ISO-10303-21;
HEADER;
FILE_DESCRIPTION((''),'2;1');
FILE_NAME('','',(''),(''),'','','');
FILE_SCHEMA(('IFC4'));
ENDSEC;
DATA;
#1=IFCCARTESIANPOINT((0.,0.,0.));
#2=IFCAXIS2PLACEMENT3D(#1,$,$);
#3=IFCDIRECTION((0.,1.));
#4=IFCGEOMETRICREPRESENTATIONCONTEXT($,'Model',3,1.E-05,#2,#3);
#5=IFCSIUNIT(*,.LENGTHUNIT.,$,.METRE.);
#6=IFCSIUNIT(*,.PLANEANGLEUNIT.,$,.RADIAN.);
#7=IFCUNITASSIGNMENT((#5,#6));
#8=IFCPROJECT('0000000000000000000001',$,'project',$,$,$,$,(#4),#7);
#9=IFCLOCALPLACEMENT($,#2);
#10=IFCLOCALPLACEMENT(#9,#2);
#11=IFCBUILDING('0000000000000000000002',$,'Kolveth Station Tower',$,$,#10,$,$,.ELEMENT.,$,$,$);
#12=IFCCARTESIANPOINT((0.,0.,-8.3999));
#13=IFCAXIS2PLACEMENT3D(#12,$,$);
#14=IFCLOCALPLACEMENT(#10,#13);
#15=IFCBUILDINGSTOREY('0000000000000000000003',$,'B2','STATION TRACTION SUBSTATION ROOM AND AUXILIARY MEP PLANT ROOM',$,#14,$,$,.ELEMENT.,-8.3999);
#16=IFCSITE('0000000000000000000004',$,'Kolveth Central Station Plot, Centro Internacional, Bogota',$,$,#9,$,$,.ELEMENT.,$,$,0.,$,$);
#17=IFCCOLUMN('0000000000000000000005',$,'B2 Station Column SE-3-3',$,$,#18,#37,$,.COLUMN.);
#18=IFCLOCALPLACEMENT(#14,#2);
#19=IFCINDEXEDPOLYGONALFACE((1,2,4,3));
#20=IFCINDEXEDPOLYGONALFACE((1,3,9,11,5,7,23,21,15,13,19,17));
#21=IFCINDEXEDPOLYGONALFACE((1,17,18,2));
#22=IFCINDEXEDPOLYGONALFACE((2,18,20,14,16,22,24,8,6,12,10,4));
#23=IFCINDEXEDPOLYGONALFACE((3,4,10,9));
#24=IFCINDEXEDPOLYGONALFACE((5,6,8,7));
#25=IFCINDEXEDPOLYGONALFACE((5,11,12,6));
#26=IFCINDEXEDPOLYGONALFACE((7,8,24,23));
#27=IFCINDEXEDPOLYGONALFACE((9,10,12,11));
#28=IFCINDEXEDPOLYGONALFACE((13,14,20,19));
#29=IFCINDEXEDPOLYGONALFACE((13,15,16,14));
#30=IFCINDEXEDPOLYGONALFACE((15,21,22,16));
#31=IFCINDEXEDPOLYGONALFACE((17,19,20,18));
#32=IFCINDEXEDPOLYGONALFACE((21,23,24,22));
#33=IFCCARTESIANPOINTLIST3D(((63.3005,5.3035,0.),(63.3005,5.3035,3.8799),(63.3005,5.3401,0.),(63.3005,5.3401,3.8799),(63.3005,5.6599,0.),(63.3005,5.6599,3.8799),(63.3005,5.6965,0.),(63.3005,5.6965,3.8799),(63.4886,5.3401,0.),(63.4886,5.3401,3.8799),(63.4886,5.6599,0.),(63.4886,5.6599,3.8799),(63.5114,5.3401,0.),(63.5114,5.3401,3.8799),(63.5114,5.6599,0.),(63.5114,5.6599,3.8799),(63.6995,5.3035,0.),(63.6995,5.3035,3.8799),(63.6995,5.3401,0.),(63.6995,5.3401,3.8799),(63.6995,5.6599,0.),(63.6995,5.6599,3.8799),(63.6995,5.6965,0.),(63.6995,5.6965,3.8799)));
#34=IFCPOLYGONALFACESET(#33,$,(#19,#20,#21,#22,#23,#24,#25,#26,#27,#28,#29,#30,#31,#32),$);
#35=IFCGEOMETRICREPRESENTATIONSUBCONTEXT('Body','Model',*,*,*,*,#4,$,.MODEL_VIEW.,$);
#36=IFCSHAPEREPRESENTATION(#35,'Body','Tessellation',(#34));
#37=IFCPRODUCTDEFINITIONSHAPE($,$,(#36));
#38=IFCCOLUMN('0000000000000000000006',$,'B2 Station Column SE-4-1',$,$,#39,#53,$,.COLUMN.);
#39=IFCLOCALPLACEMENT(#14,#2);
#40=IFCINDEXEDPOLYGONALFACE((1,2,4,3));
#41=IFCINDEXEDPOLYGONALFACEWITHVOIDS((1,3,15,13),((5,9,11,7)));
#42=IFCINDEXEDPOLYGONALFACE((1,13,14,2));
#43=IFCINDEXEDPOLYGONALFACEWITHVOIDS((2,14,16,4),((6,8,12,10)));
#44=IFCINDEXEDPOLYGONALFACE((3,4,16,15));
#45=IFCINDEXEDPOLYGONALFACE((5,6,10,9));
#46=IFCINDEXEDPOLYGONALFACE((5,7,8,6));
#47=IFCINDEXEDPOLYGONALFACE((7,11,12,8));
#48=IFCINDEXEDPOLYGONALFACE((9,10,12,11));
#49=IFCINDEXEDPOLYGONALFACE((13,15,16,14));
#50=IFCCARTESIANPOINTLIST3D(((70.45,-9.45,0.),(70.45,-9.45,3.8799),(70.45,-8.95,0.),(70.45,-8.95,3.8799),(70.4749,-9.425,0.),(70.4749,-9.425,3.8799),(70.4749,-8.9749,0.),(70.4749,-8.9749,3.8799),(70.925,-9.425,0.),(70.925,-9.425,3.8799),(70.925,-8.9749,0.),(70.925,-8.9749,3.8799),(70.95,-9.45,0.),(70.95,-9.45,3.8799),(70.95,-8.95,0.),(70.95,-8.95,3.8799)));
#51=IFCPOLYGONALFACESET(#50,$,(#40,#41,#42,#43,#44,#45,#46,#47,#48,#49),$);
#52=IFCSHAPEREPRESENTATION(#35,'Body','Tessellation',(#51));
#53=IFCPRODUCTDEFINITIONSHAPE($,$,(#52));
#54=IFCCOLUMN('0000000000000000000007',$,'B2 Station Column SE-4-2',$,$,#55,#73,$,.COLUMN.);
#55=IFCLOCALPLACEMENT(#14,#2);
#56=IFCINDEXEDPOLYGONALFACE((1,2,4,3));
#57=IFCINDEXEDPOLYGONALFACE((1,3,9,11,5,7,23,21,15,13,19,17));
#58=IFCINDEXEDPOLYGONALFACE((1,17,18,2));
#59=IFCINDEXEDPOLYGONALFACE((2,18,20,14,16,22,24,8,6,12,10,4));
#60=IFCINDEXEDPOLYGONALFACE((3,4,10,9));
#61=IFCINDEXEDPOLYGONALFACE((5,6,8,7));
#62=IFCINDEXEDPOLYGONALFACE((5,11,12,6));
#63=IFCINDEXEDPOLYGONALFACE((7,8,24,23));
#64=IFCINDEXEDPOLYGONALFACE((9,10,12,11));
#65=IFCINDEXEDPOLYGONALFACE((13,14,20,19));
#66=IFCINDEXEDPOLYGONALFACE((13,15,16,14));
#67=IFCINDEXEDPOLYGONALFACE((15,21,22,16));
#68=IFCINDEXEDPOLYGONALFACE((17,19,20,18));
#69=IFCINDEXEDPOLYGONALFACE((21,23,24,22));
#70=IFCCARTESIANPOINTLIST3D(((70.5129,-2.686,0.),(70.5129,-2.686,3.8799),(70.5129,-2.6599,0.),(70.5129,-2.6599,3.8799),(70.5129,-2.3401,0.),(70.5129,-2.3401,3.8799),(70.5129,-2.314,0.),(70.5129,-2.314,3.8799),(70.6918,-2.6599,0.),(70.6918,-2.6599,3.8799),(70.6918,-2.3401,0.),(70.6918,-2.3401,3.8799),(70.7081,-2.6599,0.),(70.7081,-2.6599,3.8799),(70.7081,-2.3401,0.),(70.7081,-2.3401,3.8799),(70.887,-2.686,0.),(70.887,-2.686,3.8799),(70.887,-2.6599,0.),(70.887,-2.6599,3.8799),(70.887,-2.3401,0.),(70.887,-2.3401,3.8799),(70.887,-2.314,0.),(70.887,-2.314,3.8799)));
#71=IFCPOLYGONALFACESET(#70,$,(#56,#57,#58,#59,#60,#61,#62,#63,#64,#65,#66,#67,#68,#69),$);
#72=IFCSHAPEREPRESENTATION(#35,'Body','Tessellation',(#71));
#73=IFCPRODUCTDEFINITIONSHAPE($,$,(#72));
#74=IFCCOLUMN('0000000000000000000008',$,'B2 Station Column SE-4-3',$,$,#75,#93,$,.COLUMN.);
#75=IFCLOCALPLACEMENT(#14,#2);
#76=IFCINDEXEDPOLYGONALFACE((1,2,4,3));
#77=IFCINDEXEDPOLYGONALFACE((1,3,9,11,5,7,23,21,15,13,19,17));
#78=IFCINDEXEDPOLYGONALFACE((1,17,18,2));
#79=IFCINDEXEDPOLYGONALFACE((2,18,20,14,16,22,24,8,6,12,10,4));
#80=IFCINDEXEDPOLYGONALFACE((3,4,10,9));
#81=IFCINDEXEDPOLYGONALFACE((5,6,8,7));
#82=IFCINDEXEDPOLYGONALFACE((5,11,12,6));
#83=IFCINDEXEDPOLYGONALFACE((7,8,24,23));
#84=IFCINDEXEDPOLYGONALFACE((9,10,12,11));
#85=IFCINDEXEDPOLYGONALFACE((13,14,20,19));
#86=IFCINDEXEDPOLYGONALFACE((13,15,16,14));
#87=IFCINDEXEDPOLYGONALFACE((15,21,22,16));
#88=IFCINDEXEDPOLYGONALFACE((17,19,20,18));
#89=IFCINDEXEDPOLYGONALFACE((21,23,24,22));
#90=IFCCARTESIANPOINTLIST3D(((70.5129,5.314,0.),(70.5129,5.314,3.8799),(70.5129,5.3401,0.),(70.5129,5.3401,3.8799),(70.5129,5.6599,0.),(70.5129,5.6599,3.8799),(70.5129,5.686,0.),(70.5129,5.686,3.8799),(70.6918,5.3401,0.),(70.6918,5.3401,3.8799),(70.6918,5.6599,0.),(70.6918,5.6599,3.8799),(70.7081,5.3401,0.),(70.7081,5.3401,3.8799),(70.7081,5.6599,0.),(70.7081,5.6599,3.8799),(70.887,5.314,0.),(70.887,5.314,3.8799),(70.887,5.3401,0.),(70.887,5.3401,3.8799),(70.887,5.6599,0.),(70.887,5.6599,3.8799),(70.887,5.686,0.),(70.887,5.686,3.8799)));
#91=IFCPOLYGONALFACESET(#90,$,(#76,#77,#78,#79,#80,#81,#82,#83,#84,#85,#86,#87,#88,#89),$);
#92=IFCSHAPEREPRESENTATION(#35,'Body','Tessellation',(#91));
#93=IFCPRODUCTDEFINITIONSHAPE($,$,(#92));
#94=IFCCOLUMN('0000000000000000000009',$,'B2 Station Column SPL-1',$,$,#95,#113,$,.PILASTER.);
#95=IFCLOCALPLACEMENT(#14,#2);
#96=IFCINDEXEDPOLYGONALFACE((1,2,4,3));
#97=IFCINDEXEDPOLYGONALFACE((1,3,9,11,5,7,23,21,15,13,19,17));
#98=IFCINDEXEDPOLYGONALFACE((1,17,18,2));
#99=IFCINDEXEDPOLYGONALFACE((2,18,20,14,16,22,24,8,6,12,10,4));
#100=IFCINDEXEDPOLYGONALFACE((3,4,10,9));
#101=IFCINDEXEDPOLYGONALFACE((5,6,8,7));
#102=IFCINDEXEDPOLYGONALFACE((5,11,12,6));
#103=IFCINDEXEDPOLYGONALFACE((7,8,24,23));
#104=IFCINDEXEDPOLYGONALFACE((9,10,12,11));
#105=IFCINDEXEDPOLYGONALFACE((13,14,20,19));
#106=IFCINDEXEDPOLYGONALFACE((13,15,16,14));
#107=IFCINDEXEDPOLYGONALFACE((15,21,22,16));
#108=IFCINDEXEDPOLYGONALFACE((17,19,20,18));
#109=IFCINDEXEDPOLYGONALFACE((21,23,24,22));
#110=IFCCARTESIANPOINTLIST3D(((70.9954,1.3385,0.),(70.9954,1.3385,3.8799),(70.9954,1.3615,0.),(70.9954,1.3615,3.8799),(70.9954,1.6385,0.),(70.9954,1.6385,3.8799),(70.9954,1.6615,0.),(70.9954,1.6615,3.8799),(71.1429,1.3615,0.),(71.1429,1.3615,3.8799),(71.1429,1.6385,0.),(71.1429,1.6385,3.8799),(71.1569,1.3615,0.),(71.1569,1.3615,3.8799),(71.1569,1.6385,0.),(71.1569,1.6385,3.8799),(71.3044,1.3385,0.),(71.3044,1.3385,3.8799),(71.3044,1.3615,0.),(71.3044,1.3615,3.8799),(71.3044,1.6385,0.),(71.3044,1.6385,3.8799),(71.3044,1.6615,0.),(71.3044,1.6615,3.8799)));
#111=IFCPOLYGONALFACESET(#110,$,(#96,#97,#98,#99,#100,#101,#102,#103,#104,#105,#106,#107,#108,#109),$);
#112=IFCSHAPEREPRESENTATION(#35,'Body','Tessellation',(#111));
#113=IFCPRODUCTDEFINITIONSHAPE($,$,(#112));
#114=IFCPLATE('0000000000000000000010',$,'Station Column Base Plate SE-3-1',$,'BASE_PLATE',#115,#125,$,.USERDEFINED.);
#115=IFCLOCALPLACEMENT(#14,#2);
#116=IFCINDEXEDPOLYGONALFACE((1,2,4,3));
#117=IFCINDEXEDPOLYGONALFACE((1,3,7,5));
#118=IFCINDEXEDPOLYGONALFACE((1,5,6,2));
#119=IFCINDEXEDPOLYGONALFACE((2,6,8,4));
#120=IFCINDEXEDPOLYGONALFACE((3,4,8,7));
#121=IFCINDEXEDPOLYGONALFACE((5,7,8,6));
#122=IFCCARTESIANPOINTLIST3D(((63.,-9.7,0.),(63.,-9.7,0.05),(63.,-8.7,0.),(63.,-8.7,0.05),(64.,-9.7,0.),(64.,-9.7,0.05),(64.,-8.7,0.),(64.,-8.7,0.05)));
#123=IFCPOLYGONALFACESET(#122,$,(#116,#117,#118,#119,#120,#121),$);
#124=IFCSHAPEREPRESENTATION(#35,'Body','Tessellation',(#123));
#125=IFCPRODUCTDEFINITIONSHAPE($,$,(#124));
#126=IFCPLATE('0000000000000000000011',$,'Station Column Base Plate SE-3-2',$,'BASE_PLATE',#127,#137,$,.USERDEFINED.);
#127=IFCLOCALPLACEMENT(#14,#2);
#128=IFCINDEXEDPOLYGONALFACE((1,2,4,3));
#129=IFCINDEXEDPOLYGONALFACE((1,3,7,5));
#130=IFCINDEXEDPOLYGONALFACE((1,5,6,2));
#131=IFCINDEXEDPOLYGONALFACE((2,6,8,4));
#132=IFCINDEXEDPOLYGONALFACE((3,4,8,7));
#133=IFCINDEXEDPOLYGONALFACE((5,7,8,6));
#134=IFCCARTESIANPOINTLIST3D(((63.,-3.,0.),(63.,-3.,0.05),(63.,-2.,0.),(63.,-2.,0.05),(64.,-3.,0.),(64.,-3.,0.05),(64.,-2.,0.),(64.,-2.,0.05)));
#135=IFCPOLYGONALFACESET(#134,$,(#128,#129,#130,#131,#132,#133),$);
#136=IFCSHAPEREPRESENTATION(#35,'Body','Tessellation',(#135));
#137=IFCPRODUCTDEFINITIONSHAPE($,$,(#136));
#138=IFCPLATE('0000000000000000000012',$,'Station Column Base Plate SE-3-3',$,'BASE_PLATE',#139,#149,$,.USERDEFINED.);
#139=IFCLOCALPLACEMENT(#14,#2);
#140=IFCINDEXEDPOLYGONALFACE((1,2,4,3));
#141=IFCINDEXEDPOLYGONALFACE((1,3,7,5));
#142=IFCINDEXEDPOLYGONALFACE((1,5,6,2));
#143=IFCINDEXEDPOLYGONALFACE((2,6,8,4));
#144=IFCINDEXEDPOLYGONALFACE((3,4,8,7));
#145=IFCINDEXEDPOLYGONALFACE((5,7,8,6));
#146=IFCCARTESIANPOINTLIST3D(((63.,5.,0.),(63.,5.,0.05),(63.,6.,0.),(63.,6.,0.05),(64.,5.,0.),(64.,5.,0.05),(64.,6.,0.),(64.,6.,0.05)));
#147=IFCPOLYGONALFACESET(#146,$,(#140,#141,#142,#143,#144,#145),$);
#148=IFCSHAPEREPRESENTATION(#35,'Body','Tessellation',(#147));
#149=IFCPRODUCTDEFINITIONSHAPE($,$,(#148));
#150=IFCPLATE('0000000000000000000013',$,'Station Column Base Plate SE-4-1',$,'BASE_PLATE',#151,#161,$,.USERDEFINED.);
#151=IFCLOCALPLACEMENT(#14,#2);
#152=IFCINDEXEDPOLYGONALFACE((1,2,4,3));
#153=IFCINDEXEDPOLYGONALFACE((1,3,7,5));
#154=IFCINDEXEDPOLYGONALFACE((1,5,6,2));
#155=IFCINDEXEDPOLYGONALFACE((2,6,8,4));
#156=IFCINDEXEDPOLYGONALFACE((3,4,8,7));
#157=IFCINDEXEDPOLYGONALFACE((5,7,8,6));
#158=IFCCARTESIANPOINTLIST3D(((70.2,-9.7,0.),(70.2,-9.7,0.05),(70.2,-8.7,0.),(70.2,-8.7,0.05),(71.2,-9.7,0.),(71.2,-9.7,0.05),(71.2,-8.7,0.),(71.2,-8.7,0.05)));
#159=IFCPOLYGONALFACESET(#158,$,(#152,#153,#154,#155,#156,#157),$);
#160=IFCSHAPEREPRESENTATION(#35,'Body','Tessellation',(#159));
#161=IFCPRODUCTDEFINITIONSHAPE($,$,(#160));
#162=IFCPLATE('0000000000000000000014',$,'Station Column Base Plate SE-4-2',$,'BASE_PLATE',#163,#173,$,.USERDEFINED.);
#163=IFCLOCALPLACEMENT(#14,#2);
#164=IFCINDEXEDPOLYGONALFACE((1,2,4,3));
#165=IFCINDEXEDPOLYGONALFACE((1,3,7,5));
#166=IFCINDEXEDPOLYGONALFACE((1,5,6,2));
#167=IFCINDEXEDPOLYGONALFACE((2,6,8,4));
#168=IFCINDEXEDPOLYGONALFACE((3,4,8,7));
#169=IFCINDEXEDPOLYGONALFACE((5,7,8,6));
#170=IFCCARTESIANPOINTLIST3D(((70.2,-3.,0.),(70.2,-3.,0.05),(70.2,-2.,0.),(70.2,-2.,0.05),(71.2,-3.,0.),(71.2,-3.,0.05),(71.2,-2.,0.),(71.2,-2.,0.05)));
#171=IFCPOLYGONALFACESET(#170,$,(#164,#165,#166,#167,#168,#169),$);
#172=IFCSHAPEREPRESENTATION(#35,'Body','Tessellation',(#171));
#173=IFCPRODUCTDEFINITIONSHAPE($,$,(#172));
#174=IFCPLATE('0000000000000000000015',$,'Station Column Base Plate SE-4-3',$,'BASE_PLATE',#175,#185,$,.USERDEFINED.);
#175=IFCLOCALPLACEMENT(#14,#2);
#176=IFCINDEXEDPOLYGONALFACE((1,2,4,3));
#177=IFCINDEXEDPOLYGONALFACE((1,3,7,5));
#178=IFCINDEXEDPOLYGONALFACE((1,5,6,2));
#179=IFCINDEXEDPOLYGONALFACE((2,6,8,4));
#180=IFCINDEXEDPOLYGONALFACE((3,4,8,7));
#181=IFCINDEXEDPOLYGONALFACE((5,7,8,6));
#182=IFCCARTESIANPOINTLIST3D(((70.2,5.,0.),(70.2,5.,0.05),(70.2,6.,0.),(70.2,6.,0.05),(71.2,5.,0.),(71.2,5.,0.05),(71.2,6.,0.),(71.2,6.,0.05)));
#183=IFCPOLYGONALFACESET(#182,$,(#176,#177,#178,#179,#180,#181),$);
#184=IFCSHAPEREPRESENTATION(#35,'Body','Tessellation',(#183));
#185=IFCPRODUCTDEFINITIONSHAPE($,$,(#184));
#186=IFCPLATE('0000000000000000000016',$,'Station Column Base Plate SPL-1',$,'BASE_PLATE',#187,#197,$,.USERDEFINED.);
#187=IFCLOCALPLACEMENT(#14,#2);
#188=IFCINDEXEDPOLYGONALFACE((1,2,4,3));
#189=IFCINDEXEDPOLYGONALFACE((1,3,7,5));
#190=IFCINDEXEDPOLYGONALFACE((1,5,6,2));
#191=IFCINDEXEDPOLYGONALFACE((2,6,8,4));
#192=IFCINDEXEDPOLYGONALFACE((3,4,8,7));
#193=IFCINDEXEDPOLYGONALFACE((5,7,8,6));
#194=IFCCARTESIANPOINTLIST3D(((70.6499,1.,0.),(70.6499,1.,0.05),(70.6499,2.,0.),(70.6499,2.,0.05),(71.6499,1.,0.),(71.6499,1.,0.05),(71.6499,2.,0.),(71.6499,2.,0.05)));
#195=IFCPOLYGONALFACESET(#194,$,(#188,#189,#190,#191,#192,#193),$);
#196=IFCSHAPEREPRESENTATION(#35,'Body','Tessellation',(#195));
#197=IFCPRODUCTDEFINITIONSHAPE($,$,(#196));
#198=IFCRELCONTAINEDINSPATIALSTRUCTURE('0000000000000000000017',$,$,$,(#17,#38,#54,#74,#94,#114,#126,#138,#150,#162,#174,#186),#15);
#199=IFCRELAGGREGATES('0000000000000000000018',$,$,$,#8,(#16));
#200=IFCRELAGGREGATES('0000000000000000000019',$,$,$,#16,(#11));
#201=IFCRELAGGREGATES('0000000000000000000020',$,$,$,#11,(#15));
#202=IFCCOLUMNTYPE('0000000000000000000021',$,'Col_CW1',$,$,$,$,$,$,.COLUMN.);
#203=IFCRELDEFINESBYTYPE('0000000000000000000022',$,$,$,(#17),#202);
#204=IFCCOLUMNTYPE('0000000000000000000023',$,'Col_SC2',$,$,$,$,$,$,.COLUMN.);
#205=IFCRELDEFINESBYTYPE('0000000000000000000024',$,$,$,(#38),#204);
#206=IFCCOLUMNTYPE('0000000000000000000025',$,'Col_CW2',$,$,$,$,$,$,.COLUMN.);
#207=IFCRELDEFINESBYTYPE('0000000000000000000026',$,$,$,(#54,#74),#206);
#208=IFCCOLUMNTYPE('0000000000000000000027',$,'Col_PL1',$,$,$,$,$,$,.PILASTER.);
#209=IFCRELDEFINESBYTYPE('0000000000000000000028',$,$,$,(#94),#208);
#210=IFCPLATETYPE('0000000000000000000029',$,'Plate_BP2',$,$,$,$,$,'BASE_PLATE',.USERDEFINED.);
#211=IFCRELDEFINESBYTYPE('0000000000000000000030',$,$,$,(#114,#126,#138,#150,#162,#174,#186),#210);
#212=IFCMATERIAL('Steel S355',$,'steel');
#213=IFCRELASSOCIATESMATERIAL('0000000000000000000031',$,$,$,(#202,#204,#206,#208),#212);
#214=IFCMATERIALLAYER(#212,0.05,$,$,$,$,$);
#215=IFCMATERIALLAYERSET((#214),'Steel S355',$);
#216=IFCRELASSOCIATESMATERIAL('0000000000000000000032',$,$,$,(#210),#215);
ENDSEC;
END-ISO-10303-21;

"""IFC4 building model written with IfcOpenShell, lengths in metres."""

from ifc_helpers import new_model, si_unit, direction, frame, origin, origin_2d, place, context, subcontext, project, spatial, rectangle, hollow_rectangle, i_section, extrude, source, transform, mapped, material, layer, layer_set, material_profile, profile_set, type_object, element, save


model = new_model("IFC4")

# Units and contexts
model_context = context("Model", 3, precision=1e-05, world=origin(), true_north=direction((0.0, 1.0)))
body_context = subcontext(model_context, "Body", "Model", "MODEL_VIEW")
ifc_project = project(units=[si_unit("LENGTHUNIT", "METRE"), si_unit("PLANEANGLEUNIT", "RADIAN")], contexts=[model_context])

# Site, building, storey
site_placement = place(None, origin())
site = spatial("IfcSite", under=ifc_project, at=site_placement, Name="Kolveth Central Station Plot, Centro Internacional, Bogota", CompositionType="ELEMENT", RefElevation=0.0)
building_placement = place(site_placement, origin())
building = spatial("IfcBuilding", under=site, at=building_placement, Name="Kolveth Station Tower", CompositionType="ELEMENT")
storey_placement = place(building_placement, frame((0.0, 0.0, -8.3999)))
storey = spatial("IfcBuildingStorey", under=building, at=storey_placement, Name="B2", Description="STATION TRACTION SUBSTATION ROOM AND AUXILIARY MEP PLANT ROOM", CompositionType="ELEMENT", Elevation=-8.3999)

# Columns
ifc_material_1 = material(Name="Steel S355", Category="steel")
ifc_material_profile_1 = material_profile(ifc_material_1, i_section(OverallWidth=0.3989, OverallDepth=0.3931, WebThickness=0.0227, FlangeThickness=0.0366, at=origin_2d()), Name="W360x287")
ifc_profile_set_1 = profile_set([ifc_material_profile_1], Name="Steel S355")
column_type_1 = type_object("IfcColumnType", Name="Col_CW1", PredefinedType="COLUMN", material=ifc_profile_set_1)
shared_shape_1 = source(origin(), body_context, "Body", "SweptSolid", [
    extrude(i_section(OverallWidth=0.3989, OverallDepth=0.3931, WebThickness=0.0227, FlangeThickness=0.0366, at=origin_2d()), origin(), (0.0, 0.0, 1.0), 3.8799),
])
column_1_placement = place(storey_placement, frame((63.5, 5.5, 0.0), z_axis=(0.0, 0.0, 1.0), x_axis=(1.0, 0.0, 0.0)))
element("IfcColumn", 1, at=column_1_placement, inside=storey, type_object=column_type_1, Name="B2 Station Column SE-3-3", PredefinedType="COLUMN", context=body_context, shape_type="MappedRepresentation", body=[
    mapped(shared_shape_1, transform((0.0, 0.0, 0.0), x_axis=(1.0, 0.0, 0.0), y_axis=(0.0, 1.0, 0.0), z_axis=(0.0, 0.0, 1.0), scale=1.0)),
])
ifc_material_profile_2 = material_profile(ifc_material_1, hollow_rectangle(XDim=0.5, YDim=0.5, WallThickness=0.0249, at=origin_2d()), Name="HSS500x500x25")
ifc_profile_set_2 = profile_set([ifc_material_profile_2], Name="Steel S355")
column_type_2 = type_object("IfcColumnType", Name="Col_SC2", PredefinedType="COLUMN", material=ifc_profile_set_2)
shared_shape_2 = source(origin(), body_context, "Body", "SweptSolid", [
    extrude(hollow_rectangle(XDim=0.5, YDim=0.5, WallThickness=0.0249, at=origin_2d()), origin(), (0.0, 0.0, 1.0), 3.8799),
])
column_2_placement = place(storey_placement, frame((70.7, -9.2, 0.0), z_axis=(0.0, 0.0, 1.0), x_axis=(1.0, 0.0, 0.0)))
element("IfcColumn", 2, at=column_2_placement, inside=storey, type_object=column_type_2, Name="B2 Station Column SE-4-1", PredefinedType="COLUMN", context=body_context, shape_type="MappedRepresentation", body=[
    mapped(shared_shape_2, transform((0.0, 0.0, 0.0), x_axis=(1.0, 0.0, 0.0), y_axis=(0.0, 1.0, 0.0), z_axis=(0.0, 0.0, 1.0), scale=1.0)),
])
ifc_material_profile_3 = material_profile(ifc_material_1, i_section(OverallWidth=0.374, OverallDepth=0.3721, WebThickness=0.0164, FlangeThickness=0.0261, at=origin_2d()), Name="W360x196")
ifc_profile_set_3 = profile_set([ifc_material_profile_3], Name="Steel S355")
column_type_3 = type_object("IfcColumnType", Name="Col_CW2", PredefinedType="COLUMN", material=ifc_profile_set_3)
shared_shape_3 = source(origin(), body_context, "Body", "SweptSolid", [
    extrude(i_section(OverallWidth=0.374, OverallDepth=0.3721, WebThickness=0.0164, FlangeThickness=0.0261, at=origin_2d()), origin(), (0.0, 0.0, 1.0), 3.8799),
])
for number, where, z_axis, x_axis, name in (
    (3, (70.7, -2.5, 0.0), (0.0, 0.0, 1.0), (1.0, 0.0, 0.0), "B2 Station Column SE-4-2"),
    (4, (70.7, 5.5, 0.0), (0.0, 0.0, 1.0), (1.0, 0.0, 0.0), "B2 Station Column SE-4-3"),
):
    element("IfcColumn", number, at=place(storey_placement, frame(where, z_axis=z_axis, x_axis=x_axis)), inside=storey, type_object=column_type_3, Name=name, PredefinedType="COLUMN", context=body_context, shape_type="MappedRepresentation", body=[
        mapped(shared_shape_3, transform((0.0, 0.0, 0.0), x_axis=(1.0, 0.0, 0.0), y_axis=(0.0, 1.0, 0.0), z_axis=(0.0, 0.0, 1.0), scale=1.0)),
    ])
ifc_material_profile_4 = material_profile(ifc_material_1, i_section(OverallWidth=0.3091, OverallDepth=0.323, WebThickness=0.0139, FlangeThickness=0.0229, at=origin_2d()), Name="W310x143")
ifc_profile_set_4 = profile_set([ifc_material_profile_4], Name="Steel S355")
column_type_4 = type_object("IfcColumnType", Name="Col_PL1", PredefinedType="PILASTER", material=ifc_profile_set_4)
shared_shape_4 = source(origin(), body_context, "Body", "SweptSolid", [
    extrude(i_section(OverallWidth=0.3091, OverallDepth=0.323, WebThickness=0.0139, FlangeThickness=0.0229, at=origin_2d()), origin(), (0.0, 0.0, 1.0), 3.8799),
])
column_3_placement = place(storey_placement, frame((71.1499, 1.5, 0.0), z_axis=(0.0, 0.0, 1.0), x_axis=(1.0, 0.0, 0.0)))
element("IfcColumn", 5, at=column_3_placement, inside=storey, type_object=column_type_4, Name="B2 Station Column SPL-1", PredefinedType="PILASTER", context=body_context, shape_type="MappedRepresentation", body=[
    mapped(shared_shape_4, transform((0.0, 0.0, 0.0), x_axis=(1.0, 0.0, 0.0), y_axis=(0.0, 1.0, 0.0), z_axis=(0.0, 0.0, 1.0), scale=1.0)),
])

# Plates
ifc_layer_1 = layer(ifc_material_1, 0.05)
ifc_layer_set_1 = layer_set([ifc_layer_1], Name="Steel S355")
plate_type = type_object("IfcPlateType", Name="Plate_BP2", ElementType="BASE_PLATE", PredefinedType="USERDEFINED", material=ifc_layer_set_1)
shared_shape_5 = source(origin(), body_context, "Body", "SweptSolid", [
    extrude(rectangle(XDim=1.0, YDim=1.0, at=origin_2d()), origin(), (0.0, 0.0, 1.0), 0.05),
])
for number, where, z_axis, x_axis, name in (
    (6, (63.5, -9.2, 0.0), (0.0, 0.0, 1.0), (1.0, 0.0, 0.0), "Station Column Base Plate SE-3-1"),
    (7, (63.5, -2.5, 0.0), (0.0, 0.0, 1.0), (1.0, 0.0, 0.0), "Station Column Base Plate SE-3-2"),
    (8, (63.5, 5.5, 0.0), (0.0, 0.0, 1.0), (1.0, 0.0, 0.0), "Station Column Base Plate SE-3-3"),
    (9, (70.7, -9.2, 0.0), (0.0, 0.0, 1.0), (1.0, 0.0, 0.0), "Station Column Base Plate SE-4-1"),
    (10, (70.7, -2.5, 0.0), (0.0, 0.0, 1.0), (1.0, 0.0, 0.0), "Station Column Base Plate SE-4-2"),
    (11, (70.7, 5.5, 0.0), (0.0, 0.0, 1.0), (1.0, 0.0, 0.0), "Station Column Base Plate SE-4-3"),
    (12, (71.1499, 1.5, 0.0), (0.0, 0.0, 1.0), (1.0, 0.0, 0.0), "Station Column Base Plate SPL-1"),
):
    element("IfcPlate", number, at=place(storey_placement, frame(where, z_axis=z_axis, x_axis=x_axis)), inside=storey, type_object=plate_type, Name=name, ObjectType="BASE_PLATE", PredefinedType="USERDEFINED", context=body_context, shape_type="MappedRepresentation", body=[
        mapped(shared_shape_5, transform((0.0, 0.0, 0.0), x_axis=(1.0, 0.0, 0.0), y_axis=(0.0, 1.0, 0.0), z_axis=(0.0, 0.0, 1.0), scale=1.0)),
    ])

save(model, "model.ifc")
